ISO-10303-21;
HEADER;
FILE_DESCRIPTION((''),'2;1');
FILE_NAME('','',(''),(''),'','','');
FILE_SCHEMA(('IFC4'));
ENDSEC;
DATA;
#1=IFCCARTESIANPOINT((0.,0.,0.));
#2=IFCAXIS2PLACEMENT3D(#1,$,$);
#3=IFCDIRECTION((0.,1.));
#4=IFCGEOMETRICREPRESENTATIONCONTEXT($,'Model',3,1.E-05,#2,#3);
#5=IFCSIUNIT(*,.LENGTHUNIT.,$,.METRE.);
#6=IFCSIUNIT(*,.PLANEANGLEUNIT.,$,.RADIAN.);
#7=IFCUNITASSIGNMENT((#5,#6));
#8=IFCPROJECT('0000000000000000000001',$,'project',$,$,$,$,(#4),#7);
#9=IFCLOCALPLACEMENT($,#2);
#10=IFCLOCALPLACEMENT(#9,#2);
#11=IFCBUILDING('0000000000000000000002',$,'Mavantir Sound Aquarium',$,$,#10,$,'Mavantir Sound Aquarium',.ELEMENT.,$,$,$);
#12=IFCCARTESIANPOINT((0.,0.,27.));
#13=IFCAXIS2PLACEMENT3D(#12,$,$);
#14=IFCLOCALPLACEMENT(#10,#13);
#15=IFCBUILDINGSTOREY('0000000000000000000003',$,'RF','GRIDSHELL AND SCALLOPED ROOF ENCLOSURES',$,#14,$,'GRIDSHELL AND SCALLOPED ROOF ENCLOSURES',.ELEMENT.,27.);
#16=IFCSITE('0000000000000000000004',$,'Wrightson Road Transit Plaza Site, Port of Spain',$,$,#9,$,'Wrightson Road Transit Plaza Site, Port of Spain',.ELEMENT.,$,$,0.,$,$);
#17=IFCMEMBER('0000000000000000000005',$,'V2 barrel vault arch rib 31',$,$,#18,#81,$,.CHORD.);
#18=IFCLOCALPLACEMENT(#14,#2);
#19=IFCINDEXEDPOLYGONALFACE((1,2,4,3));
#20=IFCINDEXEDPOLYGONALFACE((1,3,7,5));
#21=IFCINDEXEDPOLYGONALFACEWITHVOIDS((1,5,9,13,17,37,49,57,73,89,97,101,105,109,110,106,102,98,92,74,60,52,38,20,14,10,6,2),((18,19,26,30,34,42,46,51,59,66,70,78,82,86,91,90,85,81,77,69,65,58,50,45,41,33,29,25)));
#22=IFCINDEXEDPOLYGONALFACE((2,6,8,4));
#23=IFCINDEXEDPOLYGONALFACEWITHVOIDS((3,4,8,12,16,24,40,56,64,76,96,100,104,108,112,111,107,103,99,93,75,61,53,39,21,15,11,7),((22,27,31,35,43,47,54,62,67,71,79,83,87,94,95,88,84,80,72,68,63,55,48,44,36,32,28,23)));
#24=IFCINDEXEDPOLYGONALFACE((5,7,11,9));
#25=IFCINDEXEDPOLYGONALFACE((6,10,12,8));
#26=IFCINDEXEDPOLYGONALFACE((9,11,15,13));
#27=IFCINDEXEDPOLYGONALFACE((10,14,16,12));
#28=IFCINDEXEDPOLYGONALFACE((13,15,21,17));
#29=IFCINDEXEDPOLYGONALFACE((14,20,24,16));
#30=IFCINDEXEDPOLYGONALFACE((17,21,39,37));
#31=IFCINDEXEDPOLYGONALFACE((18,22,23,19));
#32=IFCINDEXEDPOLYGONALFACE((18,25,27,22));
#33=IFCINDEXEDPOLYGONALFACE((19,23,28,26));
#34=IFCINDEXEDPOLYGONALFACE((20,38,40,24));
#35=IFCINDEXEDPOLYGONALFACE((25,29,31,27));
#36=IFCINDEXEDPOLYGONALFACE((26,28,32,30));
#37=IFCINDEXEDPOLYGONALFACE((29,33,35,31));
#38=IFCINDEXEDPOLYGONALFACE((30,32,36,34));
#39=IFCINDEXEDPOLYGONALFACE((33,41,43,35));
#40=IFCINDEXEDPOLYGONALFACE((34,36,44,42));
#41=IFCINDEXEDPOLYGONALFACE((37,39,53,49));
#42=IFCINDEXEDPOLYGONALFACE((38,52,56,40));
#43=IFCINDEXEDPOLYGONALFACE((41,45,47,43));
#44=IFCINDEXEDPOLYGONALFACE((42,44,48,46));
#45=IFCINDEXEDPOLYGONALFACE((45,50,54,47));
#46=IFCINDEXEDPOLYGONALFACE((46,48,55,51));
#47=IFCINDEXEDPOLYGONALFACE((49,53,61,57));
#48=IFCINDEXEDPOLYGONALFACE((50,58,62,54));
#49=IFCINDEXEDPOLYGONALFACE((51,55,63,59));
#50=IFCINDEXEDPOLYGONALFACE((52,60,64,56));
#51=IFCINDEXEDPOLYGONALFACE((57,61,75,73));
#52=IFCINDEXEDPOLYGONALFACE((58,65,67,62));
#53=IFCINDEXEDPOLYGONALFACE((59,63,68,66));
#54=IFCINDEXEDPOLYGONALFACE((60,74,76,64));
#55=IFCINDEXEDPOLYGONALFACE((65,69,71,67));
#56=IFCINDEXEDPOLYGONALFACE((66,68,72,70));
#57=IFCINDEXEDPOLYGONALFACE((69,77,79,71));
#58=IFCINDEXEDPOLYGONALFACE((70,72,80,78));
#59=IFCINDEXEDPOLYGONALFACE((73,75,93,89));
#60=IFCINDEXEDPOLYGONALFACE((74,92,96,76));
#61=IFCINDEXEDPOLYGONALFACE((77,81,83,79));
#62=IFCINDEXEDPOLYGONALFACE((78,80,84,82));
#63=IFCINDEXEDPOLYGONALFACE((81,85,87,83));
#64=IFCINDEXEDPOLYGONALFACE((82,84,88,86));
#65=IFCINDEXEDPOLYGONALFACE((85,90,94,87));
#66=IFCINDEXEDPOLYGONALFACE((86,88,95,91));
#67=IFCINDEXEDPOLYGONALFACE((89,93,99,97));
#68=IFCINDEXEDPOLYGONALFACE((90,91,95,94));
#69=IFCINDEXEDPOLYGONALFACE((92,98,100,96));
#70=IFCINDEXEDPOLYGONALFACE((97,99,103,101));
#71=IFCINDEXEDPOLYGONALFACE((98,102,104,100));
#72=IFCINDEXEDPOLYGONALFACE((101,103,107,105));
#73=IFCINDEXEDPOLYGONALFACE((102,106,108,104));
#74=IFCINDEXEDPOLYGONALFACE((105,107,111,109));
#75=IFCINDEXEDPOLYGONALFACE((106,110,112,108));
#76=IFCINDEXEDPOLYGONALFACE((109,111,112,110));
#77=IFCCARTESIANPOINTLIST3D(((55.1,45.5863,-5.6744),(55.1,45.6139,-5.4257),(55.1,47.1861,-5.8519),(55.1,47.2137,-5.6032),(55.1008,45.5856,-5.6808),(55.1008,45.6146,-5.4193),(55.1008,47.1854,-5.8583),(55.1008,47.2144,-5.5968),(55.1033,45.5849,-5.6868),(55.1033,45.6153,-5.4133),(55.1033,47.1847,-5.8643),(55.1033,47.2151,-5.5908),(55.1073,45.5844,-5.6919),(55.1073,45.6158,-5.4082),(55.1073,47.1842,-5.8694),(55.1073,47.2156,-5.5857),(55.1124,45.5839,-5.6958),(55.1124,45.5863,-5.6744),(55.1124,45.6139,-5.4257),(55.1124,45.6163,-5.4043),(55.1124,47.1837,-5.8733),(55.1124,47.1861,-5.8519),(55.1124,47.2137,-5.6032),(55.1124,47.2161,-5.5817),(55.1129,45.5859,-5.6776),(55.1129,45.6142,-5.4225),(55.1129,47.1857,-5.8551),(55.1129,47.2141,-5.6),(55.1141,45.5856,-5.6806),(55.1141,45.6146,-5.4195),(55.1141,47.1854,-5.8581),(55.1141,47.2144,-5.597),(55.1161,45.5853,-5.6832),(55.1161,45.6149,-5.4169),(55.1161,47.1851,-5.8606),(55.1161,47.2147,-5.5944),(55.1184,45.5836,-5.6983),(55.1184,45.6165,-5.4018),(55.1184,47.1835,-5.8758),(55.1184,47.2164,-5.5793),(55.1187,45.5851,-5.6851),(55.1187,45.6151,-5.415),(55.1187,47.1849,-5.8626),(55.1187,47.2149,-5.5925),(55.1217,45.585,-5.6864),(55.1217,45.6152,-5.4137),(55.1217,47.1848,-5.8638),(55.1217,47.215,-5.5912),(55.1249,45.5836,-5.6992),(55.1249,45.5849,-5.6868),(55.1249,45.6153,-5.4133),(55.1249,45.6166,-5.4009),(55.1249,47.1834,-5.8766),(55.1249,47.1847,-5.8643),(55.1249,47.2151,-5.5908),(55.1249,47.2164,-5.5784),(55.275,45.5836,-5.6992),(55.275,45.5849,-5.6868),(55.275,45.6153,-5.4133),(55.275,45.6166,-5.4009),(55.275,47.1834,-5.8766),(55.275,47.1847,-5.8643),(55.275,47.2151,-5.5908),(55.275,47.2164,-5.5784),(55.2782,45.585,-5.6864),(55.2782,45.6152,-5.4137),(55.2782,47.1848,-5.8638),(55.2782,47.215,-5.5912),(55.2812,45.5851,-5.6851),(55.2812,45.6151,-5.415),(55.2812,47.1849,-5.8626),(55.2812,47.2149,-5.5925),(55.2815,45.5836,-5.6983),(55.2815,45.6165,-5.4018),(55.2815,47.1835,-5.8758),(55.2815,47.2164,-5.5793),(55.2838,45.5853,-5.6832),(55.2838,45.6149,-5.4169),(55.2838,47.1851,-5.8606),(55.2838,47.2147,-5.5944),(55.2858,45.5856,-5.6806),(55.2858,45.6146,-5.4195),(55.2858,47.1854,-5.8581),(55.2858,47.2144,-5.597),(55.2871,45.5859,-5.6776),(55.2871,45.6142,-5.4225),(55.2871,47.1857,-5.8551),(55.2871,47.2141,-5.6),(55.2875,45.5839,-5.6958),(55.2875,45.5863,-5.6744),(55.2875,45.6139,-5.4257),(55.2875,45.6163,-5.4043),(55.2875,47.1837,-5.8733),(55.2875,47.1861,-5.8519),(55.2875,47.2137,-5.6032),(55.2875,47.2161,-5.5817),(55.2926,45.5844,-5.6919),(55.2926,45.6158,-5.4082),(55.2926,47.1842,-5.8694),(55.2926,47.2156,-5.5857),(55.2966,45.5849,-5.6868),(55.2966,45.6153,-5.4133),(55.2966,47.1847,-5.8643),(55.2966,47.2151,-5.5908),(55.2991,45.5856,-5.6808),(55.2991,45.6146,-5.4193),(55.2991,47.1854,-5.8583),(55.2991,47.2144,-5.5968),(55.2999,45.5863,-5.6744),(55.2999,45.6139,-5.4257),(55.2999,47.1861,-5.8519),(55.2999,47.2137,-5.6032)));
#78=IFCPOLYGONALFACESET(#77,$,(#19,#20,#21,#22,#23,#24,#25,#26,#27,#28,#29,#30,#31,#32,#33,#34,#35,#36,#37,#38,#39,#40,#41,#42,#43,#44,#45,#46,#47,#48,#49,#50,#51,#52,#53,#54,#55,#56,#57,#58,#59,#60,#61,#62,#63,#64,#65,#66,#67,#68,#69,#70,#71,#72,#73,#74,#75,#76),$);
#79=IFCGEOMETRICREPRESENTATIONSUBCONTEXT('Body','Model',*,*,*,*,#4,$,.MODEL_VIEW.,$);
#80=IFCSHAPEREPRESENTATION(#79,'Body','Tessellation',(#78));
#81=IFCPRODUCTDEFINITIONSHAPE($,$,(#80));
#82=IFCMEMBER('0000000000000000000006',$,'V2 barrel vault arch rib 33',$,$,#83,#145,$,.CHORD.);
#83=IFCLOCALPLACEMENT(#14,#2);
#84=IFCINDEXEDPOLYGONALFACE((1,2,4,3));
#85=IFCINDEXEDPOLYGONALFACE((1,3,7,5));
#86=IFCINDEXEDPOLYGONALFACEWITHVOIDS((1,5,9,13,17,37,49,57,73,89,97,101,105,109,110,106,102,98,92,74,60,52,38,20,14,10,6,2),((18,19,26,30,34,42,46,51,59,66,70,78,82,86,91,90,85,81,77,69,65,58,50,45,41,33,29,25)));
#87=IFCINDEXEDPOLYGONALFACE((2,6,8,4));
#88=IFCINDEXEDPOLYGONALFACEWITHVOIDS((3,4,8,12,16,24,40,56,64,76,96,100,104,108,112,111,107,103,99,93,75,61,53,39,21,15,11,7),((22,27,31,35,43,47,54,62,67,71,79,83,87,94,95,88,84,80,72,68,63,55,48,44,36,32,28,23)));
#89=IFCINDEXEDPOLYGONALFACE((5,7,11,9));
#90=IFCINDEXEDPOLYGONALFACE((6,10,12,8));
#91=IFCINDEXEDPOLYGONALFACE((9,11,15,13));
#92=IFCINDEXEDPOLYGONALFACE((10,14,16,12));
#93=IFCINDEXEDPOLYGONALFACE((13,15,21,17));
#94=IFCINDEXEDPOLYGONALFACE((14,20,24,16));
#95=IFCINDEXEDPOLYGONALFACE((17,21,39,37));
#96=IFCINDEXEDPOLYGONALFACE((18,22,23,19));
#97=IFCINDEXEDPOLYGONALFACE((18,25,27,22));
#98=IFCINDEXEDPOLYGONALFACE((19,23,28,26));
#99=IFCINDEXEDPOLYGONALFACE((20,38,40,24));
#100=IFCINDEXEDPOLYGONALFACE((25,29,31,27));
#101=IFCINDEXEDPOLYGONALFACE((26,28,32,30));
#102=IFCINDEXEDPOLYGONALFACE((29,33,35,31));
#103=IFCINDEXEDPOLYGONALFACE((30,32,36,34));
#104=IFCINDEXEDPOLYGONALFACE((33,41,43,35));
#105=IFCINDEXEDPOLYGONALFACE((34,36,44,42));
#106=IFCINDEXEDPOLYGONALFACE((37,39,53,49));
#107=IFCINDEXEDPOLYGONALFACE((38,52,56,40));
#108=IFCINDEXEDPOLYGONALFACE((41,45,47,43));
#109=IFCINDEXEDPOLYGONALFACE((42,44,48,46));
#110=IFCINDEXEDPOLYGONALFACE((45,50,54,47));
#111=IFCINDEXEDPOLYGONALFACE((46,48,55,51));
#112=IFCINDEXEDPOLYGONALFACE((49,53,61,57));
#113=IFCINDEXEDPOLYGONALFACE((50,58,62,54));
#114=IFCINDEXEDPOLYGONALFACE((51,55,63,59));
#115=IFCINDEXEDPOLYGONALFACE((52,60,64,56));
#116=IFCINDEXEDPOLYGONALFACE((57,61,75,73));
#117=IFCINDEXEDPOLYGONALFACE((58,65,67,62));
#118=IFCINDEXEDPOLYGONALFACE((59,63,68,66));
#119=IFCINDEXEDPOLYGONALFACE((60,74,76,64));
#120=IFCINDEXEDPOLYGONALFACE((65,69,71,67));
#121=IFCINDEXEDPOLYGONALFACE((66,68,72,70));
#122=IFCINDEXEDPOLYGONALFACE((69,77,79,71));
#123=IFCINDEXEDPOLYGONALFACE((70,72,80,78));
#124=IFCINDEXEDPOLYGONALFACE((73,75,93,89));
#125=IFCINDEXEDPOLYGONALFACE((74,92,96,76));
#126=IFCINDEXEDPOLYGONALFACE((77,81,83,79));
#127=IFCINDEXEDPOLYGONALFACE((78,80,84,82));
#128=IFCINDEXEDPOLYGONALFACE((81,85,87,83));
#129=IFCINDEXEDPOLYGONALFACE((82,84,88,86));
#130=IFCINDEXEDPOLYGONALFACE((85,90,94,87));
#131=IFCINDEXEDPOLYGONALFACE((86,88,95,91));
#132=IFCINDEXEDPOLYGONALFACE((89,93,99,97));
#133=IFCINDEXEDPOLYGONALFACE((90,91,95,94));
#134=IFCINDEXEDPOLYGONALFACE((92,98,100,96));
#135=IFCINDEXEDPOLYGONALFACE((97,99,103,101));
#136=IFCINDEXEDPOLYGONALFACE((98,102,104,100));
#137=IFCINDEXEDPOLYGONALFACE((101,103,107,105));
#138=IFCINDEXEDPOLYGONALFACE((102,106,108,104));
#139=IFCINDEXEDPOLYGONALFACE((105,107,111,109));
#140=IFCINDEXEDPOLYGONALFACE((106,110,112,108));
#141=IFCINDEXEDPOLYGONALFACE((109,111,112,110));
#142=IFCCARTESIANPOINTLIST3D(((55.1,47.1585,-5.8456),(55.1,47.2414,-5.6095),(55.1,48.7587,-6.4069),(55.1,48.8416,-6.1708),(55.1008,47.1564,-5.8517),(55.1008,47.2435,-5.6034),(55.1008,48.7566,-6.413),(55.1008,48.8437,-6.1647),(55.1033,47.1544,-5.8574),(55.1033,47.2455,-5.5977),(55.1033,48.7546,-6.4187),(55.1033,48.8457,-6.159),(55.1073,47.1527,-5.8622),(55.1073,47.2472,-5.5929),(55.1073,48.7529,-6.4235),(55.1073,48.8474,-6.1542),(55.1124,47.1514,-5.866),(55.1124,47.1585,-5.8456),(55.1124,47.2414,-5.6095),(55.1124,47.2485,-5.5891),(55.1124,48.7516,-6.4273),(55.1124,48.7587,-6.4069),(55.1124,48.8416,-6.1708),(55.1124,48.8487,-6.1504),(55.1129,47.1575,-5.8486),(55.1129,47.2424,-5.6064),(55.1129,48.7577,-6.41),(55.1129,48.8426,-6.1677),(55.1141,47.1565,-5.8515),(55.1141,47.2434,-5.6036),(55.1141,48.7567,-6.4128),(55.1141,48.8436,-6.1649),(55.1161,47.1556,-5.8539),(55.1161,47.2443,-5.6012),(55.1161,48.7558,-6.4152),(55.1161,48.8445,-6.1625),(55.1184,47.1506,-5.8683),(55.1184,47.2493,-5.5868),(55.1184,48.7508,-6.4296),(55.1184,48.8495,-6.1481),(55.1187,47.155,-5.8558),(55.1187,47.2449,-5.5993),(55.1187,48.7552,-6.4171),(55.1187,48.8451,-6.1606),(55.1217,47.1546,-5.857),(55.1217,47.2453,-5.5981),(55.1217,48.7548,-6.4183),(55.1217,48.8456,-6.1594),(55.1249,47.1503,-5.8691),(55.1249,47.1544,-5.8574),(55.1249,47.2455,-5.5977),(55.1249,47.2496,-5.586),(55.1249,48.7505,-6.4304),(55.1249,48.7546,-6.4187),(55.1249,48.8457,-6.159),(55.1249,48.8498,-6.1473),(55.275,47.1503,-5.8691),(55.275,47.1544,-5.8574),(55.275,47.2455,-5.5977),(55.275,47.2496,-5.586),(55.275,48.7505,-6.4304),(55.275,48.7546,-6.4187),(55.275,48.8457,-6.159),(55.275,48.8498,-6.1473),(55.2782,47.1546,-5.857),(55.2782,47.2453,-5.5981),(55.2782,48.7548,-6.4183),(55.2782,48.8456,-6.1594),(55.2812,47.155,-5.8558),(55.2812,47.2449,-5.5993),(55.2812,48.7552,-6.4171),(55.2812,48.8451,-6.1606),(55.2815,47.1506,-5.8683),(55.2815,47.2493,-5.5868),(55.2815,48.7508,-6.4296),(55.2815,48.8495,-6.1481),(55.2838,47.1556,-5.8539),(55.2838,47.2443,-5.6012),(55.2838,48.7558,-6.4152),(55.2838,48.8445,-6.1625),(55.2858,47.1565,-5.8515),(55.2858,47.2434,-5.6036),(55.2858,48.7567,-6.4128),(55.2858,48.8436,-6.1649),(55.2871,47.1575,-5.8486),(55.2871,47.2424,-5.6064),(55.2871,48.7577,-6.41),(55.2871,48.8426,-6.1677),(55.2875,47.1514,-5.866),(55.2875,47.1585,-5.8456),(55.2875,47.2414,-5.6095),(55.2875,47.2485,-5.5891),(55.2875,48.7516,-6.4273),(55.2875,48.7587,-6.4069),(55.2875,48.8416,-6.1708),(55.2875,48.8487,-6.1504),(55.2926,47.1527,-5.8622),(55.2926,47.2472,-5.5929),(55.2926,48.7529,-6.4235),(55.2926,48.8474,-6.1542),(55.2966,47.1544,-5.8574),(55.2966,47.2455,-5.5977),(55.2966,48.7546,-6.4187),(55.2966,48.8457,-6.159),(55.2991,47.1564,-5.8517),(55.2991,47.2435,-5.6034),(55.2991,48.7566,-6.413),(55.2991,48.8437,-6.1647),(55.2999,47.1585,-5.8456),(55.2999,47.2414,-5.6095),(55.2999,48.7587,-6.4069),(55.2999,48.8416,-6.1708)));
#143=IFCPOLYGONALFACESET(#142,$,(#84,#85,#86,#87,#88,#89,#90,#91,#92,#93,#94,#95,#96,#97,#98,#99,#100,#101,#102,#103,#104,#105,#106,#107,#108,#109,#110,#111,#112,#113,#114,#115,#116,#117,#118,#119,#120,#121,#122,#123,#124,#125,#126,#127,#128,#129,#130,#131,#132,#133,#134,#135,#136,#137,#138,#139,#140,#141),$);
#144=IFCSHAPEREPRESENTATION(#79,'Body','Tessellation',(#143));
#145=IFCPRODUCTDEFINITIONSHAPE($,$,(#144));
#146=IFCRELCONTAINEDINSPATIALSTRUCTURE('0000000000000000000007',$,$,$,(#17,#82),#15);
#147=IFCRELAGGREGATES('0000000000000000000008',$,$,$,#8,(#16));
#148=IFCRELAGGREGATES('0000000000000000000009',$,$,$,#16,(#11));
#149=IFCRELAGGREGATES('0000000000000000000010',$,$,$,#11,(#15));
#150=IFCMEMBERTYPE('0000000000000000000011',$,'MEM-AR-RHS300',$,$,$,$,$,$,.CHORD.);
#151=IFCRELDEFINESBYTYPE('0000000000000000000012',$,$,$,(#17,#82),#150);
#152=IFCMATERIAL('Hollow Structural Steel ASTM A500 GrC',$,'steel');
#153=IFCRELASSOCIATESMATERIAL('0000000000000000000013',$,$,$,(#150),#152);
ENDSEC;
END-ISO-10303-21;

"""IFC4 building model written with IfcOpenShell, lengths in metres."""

from ifc_helpers import new_model, si_unit, direction, frame, origin, origin_2d, place, context, subcontext, project, spatial, hollow_rectangle, extrude, material, material_profile, profile_set, type_object, element, save


model = new_model("IFC4")

# Units and contexts
model_context = context("Model", 3, precision=1e-05, world=origin(), true_north=direction((0.0, 1.0)))
body_context = subcontext(model_context, "Body", "Model", "MODEL_VIEW")
ifc_project = project(units=[si_unit("LENGTHUNIT", "METRE"), si_unit("PLANEANGLEUNIT", "RADIAN")], contexts=[model_context])

# Site, building, storey
site_placement = place(None, origin())
site = spatial("IfcSite", under=ifc_project, at=site_placement, Name="Wrightson Road Transit Plaza Site, Port of Spain", LongName="Wrightson Road Transit Plaza Site, Port of Spain", CompositionType="ELEMENT", RefElevation=0.0)
building_placement = place(site_placement, origin())
building = spatial("IfcBuilding", under=site, at=building_placement, Name="Mavantir Sound Aquarium", LongName="Mavantir Sound Aquarium", CompositionType="ELEMENT")
storey_placement = place(building_placement, frame((0.0, 0.0, 27.0)))
storey = spatial("IfcBuildingStorey", under=building, at=storey_placement, Name="RF", Description="GRIDSHELL AND SCALLOPED ROOF ENCLOSURES", LongName="GRIDSHELL AND SCALLOPED ROOF ENCLOSURES", CompositionType="ELEMENT", Elevation=27.0)

# Members
ifc_material_1 = material(Name="Hollow Structural Steel ASTM A500 GrC", Category="steel")
ifc_material_profile_1 = material_profile(ifc_material_1, hollow_rectangle(XDim=0.2, YDim=0.3, WallThickness=0.0125, InnerFilletRadius=0.0125, OuterFilletRadius=0.0249, at=origin_2d()), Name="RHS 300X200X12.5")
ifc_profile_set_1 = profile_set([ifc_material_profile_1], Name="Hollow Structural Steel ASTM A500 GrC")
member_type_1 = type_object("IfcMemberType", Name="MEM-AR-RHS300", PredefinedType="CHORD", material=ifc_profile_set_1)
member_1_placement = place(storey_placement, frame((55.2, 45.6001, -5.55), z_axis=(0.0, 0.993902, -0.110265), x_axis=(-1.0, 0.0, 0.0)))
element("IfcMember", 1, at=member_1_placement, inside=storey, type_object=member_type_1, Name="V2 barrel vault arch rib 31", PredefinedType="CHORD", context=body_context, shape_type="SweptSolid", body=[
    extrude(hollow_rectangle(XDim=0.2, YDim=0.3, WallThickness=0.0125, InnerFilletRadius=0.0125, OuterFilletRadius=0.0249, at=origin_2d()), origin(), (0.0, 0.0, 1.0), 1.6096),
])
member_2_placement = place(storey_placement, frame((55.2, 47.2, -5.7275), z_axis=(0.0, 0.943629, -0.331004), x_axis=(-1.0, 0.0, 0.0)))
element("IfcMember", 2, at=member_2_placement, inside=storey, type_object=member_type_1, Name="V2 barrel vault arch rib 33", PredefinedType="CHORD", context=body_context, shape_type="SweptSolid", body=[
    extrude(hollow_rectangle(XDim=0.2, YDim=0.3, WallThickness=0.0125, InnerFilletRadius=0.0125, OuterFilletRadius=0.0249, at=origin_2d()), origin(), (0.0, 0.0, 1.0), 1.6958),
])

save(model, "model.ifc")
